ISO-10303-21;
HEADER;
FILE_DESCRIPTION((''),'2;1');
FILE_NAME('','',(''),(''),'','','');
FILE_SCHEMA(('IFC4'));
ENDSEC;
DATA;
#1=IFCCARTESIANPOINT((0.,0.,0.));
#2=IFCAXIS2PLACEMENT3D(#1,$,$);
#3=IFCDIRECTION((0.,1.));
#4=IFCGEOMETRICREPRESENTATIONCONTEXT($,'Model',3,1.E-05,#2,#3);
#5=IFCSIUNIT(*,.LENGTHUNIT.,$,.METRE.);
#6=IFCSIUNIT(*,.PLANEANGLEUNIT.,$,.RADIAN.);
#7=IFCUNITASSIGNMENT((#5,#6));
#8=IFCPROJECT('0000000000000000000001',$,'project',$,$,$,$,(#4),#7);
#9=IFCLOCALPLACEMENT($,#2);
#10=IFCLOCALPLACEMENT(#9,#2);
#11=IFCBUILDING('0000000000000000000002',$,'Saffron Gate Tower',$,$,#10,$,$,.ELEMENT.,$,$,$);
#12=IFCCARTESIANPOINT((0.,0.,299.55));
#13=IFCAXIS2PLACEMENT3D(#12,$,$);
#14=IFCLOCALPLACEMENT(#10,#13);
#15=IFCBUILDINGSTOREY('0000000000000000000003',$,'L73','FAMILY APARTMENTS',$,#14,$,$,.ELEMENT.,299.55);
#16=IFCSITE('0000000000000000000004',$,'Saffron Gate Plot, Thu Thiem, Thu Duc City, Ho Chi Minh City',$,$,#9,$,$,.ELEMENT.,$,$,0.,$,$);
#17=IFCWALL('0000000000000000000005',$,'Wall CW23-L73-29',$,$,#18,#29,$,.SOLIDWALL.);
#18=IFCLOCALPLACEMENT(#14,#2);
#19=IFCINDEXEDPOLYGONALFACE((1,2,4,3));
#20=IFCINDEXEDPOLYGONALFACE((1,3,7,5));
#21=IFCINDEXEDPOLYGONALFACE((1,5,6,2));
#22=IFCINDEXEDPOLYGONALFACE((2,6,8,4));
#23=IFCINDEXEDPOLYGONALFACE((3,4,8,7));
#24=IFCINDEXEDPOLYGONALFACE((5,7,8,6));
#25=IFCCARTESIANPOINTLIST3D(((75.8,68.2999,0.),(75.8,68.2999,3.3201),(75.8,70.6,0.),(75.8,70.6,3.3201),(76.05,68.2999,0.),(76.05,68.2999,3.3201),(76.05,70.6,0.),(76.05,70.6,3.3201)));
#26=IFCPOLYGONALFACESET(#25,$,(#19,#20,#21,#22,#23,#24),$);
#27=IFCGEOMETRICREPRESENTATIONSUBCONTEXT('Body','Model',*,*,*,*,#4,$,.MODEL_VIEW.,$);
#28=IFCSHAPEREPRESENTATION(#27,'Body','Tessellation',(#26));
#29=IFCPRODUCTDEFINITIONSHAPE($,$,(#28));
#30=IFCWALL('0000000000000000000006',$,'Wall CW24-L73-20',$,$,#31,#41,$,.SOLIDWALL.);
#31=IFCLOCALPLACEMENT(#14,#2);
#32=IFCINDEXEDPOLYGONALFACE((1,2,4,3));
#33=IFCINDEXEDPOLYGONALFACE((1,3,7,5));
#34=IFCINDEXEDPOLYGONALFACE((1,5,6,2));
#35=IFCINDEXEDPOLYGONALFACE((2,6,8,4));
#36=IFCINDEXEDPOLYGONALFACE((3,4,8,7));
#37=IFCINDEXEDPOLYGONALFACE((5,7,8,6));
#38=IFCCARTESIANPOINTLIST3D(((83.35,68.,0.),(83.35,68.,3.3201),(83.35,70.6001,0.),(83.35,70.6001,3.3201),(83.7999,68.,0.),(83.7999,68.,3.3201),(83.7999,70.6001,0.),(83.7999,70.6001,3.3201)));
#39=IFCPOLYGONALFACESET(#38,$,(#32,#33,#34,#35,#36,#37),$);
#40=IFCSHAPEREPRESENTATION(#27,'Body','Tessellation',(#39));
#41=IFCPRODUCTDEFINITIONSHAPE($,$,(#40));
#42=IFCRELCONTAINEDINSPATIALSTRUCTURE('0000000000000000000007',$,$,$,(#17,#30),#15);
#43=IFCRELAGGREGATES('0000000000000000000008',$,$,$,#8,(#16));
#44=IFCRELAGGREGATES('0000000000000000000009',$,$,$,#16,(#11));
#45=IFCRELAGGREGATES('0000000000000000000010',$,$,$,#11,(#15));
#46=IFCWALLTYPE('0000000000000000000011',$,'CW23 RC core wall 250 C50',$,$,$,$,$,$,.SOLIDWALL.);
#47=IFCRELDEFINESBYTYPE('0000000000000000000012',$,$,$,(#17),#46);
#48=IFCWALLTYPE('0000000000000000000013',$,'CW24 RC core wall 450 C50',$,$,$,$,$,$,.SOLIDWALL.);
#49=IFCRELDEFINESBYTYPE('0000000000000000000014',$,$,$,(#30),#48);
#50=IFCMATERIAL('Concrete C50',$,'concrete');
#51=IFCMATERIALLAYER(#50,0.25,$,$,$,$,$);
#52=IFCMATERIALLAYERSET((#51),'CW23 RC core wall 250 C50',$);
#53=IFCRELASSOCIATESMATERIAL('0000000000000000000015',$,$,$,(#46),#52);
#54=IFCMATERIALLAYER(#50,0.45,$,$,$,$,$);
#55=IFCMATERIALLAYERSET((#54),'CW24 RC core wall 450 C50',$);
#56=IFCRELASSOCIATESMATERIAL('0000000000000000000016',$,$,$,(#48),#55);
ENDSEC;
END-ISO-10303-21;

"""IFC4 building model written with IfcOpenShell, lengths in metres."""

from ifc_helpers import new_model, si_unit, direction, frame, frame_2d, origin, place, context, subcontext, project, spatial, rectangle, extrude, material, layer, layer_set, type_object, element, save


model = new_model("IFC4")

# Units and contexts
model_context = context("Model", 3, precision=1e-05, world=origin(), true_north=direction((0.0, 1.0)))
body_context = subcontext(model_context, "Body", "Model", "MODEL_VIEW")
ifc_project = project(units=[si_unit("LENGTHUNIT", "METRE"), si_unit("PLANEANGLEUNIT", "RADIAN")], contexts=[model_context])

# Site, building, storey
site_placement = place(None, origin())
site = spatial("IfcSite", under=ifc_project, at=site_placement, Name="Saffron Gate Plot, Thu Thiem, Thu Duc City, Ho Chi Minh City", CompositionType="ELEMENT", RefElevation=0.0)
building_placement = place(site_placement, origin())
building = spatial("IfcBuilding", under=site, at=building_placement, Name="Saffron Gate Tower", CompositionType="ELEMENT")
storey_placement = place(building_placement, frame((0.0, 0.0, 299.55)))
storey = spatial("IfcBuildingStorey", under=building, at=storey_placement, Name="L73", Description="FAMILY APARTMENTS", CompositionType="ELEMENT", Elevation=299.55)

# Walls
ifc_material_1 = material(Name="Concrete C50", Category="concrete")
ifc_layer_1 = layer(ifc_material_1, 0.25)
ifc_layer_set_1 = layer_set([ifc_layer_1], Name="CW23 RC core wall 250 C50")
wall_type_1 = type_object("IfcWallType", Name="CW23 RC core wall 250 C50", PredefinedType="SOLIDWALL", material=ifc_layer_set_1)
wall_1_placement = place(storey_placement, frame((75.925, 68.3, 0.0), z_axis=(0.0, 0.0, 1.0), x_axis=(0.0, 1.0, 0.0)))
element("IfcWall", 1, at=wall_1_placement, inside=storey, type_object=wall_type_1, Name="Wall CW23-L73-29", PredefinedType="SOLIDWALL", context=body_context, shape_type="SweptSolid", body=[
    extrude(rectangle(XDim=2.3, YDim=0.25, at=frame_2d((1.1499, 0.0))), origin(), (0.0, 0.0, 1.0), 3.3201),
])
ifc_layer_2 = layer(ifc_material_1, 0.45)
ifc_layer_set_2 = layer_set([ifc_layer_2], Name="CW24 RC core wall 450 C50")
wall_type_2 = type_object("IfcWallType", Name="CW24 RC core wall 450 C50", PredefinedType="SOLIDWALL", material=ifc_layer_set_2)
wall_2_placement = place(storey_placement, frame((83.575, 68.0, 0.0), z_axis=(0.0, 0.0, 1.0), x_axis=(0.0, 1.0, 0.0)))
element("IfcWall", 2, at=wall_2_placement, inside=storey, type_object=wall_type_2, Name="Wall CW24-L73-20", PredefinedType="SOLIDWALL", context=body_context, shape_type="SweptSolid", body=[
    extrude(rectangle(XDim=2.6001, YDim=0.45, at=frame_2d((1.3, 0.0))), origin(), (0.0, 0.0, 1.0), 3.3201),
])

save(model, "model.ifc")
